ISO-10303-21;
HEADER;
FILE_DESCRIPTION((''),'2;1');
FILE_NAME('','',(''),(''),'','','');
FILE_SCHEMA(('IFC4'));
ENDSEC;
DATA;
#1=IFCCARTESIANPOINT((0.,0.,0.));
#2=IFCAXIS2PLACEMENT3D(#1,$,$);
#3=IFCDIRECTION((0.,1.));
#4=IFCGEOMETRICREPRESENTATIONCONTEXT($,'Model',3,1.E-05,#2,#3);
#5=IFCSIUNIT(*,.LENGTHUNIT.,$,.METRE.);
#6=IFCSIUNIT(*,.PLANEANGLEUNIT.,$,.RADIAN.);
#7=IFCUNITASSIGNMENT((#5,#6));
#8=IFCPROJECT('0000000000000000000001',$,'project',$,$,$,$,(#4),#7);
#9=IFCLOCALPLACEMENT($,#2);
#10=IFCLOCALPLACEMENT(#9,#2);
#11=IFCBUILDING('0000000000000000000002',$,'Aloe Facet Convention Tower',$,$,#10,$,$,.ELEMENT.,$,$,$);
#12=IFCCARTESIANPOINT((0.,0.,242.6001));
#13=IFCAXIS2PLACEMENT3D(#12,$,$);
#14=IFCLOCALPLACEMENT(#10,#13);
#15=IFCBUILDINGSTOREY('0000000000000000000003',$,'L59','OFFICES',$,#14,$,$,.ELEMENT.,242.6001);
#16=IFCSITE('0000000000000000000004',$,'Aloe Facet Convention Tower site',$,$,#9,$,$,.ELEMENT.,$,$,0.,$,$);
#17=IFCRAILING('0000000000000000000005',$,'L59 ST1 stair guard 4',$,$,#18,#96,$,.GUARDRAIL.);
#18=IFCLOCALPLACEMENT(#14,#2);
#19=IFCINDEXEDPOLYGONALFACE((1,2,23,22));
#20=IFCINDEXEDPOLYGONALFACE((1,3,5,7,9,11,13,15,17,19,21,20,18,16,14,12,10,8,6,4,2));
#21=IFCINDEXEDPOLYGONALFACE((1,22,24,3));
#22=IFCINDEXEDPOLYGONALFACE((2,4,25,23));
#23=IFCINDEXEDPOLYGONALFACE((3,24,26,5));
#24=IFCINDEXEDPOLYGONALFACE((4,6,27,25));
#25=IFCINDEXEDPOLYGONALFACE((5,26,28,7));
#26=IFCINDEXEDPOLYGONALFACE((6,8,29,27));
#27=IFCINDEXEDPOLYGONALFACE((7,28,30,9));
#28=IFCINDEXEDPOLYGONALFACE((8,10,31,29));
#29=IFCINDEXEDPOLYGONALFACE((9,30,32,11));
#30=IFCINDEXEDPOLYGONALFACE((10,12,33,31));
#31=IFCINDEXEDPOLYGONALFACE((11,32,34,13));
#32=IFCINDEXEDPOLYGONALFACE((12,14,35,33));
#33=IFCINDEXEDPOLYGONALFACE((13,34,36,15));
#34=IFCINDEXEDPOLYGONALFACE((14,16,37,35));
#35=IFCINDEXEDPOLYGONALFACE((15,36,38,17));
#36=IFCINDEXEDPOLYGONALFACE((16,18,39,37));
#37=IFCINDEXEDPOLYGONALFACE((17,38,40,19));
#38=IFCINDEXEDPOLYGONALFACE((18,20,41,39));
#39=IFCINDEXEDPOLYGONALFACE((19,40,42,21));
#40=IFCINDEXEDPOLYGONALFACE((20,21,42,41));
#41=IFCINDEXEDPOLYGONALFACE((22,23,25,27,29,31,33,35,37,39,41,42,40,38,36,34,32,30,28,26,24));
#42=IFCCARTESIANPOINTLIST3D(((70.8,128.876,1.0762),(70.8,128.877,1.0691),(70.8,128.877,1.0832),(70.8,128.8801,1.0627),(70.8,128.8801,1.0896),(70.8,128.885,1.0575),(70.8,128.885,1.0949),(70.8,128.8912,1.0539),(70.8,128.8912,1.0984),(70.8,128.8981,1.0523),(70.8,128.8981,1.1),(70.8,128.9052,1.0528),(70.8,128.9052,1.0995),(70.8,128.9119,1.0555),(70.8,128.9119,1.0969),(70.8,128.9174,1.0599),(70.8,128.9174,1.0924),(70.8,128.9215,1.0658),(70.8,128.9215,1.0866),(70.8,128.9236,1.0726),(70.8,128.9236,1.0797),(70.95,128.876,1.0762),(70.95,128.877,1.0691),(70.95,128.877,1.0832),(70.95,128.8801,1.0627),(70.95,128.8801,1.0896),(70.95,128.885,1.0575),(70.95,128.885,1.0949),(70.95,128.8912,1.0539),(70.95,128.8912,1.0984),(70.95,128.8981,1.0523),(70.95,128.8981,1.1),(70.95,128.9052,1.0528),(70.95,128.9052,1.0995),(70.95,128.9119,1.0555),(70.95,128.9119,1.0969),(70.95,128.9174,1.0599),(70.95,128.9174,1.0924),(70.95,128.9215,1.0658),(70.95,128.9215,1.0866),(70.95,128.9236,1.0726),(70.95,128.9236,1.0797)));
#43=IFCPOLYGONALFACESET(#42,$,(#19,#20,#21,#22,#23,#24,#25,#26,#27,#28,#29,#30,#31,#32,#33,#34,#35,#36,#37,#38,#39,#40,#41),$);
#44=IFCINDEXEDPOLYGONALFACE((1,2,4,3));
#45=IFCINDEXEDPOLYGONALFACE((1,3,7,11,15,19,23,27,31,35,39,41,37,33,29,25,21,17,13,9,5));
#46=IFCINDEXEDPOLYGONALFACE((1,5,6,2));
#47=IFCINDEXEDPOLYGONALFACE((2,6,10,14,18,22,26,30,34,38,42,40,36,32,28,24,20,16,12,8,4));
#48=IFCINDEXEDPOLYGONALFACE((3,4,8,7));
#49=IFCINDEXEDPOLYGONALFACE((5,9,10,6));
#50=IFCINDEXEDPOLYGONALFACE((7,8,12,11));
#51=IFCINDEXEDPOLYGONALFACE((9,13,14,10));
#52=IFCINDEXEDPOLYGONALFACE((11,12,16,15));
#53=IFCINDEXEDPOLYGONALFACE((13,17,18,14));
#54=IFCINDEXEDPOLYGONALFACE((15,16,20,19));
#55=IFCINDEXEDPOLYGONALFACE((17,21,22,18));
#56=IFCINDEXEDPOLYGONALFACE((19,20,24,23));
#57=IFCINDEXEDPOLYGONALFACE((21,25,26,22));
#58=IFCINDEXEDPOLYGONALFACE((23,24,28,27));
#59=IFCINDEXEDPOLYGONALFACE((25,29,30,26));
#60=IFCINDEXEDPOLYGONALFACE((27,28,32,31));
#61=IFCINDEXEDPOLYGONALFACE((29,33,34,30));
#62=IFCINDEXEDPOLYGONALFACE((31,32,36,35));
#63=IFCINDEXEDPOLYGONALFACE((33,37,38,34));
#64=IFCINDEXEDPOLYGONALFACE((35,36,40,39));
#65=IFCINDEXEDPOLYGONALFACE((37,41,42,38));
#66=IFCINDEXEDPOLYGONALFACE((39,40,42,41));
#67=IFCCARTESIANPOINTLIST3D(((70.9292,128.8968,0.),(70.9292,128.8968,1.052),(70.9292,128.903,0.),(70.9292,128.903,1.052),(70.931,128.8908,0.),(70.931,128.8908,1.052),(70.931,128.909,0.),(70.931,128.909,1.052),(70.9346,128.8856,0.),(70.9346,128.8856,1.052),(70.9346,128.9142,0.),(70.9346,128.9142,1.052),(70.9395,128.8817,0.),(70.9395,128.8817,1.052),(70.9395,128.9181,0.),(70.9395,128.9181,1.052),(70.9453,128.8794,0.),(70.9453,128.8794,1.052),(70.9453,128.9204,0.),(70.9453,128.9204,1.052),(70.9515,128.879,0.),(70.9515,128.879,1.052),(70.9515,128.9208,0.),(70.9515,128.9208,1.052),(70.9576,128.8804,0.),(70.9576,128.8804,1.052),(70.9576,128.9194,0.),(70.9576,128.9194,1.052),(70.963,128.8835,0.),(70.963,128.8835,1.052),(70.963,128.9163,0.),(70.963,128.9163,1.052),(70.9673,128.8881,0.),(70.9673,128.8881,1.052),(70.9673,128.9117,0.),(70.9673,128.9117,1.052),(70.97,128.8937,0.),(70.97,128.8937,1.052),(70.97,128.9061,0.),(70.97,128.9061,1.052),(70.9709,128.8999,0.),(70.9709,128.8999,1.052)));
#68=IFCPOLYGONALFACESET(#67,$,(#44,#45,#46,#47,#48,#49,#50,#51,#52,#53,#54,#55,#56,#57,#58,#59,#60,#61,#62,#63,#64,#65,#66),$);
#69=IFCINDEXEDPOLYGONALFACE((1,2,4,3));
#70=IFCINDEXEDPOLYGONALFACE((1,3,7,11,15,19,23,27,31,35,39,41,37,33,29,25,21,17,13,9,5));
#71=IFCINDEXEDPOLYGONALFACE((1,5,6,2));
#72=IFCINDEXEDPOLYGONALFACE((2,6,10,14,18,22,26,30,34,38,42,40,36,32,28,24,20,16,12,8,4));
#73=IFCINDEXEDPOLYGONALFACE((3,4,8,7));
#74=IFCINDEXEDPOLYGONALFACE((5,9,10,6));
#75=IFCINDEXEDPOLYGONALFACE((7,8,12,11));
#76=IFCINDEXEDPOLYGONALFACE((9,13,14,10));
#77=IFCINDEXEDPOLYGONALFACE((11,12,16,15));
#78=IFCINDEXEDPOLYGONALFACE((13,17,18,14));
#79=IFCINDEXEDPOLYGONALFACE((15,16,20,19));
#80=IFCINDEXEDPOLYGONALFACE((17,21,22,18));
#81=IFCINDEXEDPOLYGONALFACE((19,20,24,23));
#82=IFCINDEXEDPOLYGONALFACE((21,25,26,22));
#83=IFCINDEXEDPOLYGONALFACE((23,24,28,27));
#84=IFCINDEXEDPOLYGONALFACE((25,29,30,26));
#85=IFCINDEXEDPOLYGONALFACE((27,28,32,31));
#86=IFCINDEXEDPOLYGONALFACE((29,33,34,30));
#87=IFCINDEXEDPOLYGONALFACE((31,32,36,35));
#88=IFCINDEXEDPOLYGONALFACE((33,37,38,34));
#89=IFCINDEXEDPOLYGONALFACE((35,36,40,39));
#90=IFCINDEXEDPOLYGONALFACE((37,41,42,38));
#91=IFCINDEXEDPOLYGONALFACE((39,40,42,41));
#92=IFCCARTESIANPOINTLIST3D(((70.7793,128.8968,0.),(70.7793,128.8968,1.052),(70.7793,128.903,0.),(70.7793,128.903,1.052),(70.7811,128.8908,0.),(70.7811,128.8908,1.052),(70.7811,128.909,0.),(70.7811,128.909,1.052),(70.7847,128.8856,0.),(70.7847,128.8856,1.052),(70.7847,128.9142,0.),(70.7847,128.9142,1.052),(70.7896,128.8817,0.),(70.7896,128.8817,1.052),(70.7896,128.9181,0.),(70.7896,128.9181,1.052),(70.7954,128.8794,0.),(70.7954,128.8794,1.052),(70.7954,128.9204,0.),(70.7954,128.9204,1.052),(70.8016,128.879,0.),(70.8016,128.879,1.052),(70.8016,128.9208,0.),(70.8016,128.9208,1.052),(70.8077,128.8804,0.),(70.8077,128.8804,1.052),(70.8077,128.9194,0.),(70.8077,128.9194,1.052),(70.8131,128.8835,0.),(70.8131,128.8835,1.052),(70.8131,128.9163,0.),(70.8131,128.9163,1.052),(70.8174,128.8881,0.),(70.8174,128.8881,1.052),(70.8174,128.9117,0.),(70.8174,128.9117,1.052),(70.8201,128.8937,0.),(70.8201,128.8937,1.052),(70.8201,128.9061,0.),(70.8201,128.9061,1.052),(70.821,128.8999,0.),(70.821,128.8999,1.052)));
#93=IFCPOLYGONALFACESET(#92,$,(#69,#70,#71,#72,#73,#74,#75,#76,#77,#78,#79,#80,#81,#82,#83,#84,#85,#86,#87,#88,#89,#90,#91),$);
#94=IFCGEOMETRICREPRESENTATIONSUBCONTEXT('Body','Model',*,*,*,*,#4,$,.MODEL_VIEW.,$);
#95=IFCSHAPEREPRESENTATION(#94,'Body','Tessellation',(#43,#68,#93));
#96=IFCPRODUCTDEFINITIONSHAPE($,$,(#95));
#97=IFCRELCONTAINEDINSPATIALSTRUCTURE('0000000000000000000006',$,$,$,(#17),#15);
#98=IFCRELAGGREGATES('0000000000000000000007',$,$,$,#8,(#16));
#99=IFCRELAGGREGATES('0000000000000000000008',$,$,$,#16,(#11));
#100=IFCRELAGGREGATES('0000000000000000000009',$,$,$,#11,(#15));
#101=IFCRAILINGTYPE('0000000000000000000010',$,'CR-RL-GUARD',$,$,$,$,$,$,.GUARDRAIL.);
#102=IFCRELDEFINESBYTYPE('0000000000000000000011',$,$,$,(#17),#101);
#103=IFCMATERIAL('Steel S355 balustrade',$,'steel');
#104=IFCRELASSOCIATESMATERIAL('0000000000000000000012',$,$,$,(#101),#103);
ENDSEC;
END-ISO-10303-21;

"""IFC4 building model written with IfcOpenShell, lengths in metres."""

from ifc_helpers import new_model, si_unit, direction, frame, origin, origin_2d, place, context, subcontext, project, spatial, circle, extrude, material, type_object, element, save


model = new_model("IFC4")

# Units and contexts
model_context = context("Model", 3, precision=1e-05, world=origin(), true_north=direction((0.0, 1.0)))
body_context = subcontext(model_context, "Body", "Model", "MODEL_VIEW")
ifc_project = project(units=[si_unit("LENGTHUNIT", "METRE"), si_unit("PLANEANGLEUNIT", "RADIAN")], contexts=[model_context])

# Site, building, storey
site_placement = place(None, origin())
site = spatial("IfcSite", under=ifc_project, at=site_placement, Name="Aloe Facet Convention Tower site", CompositionType="ELEMENT", RefElevation=0.0)
building_placement = place(site_placement, origin())
building = spatial("IfcBuilding", under=site, at=building_placement, Name="Aloe Facet Convention Tower", CompositionType="ELEMENT")
storey_placement = place(building_placement, frame((0.0, 0.0, 242.6001)))
storey = spatial("IfcBuildingStorey", under=building, at=storey_placement, Name="L59", Description="OFFICES", CompositionType="ELEMENT", Elevation=242.6001)

# Railing
ifc_material_1 = material(Name="Steel S355 balustrade", Category="steel")
railing_type_1 = type_object("IfcRailingType", Name="CR-RL-GUARD", PredefinedType="GUARDRAIL", material=ifc_material_1)
railing_1_placement = place(storey_placement, frame((70.95, 128.8999, 0.0)))
element("IfcRailing", 1, at=railing_1_placement, inside=storey, type_object=railing_type_1, Name="L59 ST1 stair guard 4", PredefinedType="GUARDRAIL", context=body_context, shape_type="SweptSolid", body=[
    extrude(circle(Radius=0.0239, at=origin_2d()), frame((0.0, 0.0, 1.0762), z_axis=(-1.0, 0.0, 0.0), x_axis=(0.0, -1.0, 0.0)), (0.0, 0.0, 1.0), 0.1499),
    extrude(circle(Radius=0.021, at=origin_2d()), origin(), (0.0, 0.0, 1.0), 1.052),
    extrude(circle(Radius=0.021, at=origin_2d()), frame((-0.1499, 0.0, 0.0)), (0.0, 0.0, 1.0), 1.052),
])

save(model, "model.ifc")
